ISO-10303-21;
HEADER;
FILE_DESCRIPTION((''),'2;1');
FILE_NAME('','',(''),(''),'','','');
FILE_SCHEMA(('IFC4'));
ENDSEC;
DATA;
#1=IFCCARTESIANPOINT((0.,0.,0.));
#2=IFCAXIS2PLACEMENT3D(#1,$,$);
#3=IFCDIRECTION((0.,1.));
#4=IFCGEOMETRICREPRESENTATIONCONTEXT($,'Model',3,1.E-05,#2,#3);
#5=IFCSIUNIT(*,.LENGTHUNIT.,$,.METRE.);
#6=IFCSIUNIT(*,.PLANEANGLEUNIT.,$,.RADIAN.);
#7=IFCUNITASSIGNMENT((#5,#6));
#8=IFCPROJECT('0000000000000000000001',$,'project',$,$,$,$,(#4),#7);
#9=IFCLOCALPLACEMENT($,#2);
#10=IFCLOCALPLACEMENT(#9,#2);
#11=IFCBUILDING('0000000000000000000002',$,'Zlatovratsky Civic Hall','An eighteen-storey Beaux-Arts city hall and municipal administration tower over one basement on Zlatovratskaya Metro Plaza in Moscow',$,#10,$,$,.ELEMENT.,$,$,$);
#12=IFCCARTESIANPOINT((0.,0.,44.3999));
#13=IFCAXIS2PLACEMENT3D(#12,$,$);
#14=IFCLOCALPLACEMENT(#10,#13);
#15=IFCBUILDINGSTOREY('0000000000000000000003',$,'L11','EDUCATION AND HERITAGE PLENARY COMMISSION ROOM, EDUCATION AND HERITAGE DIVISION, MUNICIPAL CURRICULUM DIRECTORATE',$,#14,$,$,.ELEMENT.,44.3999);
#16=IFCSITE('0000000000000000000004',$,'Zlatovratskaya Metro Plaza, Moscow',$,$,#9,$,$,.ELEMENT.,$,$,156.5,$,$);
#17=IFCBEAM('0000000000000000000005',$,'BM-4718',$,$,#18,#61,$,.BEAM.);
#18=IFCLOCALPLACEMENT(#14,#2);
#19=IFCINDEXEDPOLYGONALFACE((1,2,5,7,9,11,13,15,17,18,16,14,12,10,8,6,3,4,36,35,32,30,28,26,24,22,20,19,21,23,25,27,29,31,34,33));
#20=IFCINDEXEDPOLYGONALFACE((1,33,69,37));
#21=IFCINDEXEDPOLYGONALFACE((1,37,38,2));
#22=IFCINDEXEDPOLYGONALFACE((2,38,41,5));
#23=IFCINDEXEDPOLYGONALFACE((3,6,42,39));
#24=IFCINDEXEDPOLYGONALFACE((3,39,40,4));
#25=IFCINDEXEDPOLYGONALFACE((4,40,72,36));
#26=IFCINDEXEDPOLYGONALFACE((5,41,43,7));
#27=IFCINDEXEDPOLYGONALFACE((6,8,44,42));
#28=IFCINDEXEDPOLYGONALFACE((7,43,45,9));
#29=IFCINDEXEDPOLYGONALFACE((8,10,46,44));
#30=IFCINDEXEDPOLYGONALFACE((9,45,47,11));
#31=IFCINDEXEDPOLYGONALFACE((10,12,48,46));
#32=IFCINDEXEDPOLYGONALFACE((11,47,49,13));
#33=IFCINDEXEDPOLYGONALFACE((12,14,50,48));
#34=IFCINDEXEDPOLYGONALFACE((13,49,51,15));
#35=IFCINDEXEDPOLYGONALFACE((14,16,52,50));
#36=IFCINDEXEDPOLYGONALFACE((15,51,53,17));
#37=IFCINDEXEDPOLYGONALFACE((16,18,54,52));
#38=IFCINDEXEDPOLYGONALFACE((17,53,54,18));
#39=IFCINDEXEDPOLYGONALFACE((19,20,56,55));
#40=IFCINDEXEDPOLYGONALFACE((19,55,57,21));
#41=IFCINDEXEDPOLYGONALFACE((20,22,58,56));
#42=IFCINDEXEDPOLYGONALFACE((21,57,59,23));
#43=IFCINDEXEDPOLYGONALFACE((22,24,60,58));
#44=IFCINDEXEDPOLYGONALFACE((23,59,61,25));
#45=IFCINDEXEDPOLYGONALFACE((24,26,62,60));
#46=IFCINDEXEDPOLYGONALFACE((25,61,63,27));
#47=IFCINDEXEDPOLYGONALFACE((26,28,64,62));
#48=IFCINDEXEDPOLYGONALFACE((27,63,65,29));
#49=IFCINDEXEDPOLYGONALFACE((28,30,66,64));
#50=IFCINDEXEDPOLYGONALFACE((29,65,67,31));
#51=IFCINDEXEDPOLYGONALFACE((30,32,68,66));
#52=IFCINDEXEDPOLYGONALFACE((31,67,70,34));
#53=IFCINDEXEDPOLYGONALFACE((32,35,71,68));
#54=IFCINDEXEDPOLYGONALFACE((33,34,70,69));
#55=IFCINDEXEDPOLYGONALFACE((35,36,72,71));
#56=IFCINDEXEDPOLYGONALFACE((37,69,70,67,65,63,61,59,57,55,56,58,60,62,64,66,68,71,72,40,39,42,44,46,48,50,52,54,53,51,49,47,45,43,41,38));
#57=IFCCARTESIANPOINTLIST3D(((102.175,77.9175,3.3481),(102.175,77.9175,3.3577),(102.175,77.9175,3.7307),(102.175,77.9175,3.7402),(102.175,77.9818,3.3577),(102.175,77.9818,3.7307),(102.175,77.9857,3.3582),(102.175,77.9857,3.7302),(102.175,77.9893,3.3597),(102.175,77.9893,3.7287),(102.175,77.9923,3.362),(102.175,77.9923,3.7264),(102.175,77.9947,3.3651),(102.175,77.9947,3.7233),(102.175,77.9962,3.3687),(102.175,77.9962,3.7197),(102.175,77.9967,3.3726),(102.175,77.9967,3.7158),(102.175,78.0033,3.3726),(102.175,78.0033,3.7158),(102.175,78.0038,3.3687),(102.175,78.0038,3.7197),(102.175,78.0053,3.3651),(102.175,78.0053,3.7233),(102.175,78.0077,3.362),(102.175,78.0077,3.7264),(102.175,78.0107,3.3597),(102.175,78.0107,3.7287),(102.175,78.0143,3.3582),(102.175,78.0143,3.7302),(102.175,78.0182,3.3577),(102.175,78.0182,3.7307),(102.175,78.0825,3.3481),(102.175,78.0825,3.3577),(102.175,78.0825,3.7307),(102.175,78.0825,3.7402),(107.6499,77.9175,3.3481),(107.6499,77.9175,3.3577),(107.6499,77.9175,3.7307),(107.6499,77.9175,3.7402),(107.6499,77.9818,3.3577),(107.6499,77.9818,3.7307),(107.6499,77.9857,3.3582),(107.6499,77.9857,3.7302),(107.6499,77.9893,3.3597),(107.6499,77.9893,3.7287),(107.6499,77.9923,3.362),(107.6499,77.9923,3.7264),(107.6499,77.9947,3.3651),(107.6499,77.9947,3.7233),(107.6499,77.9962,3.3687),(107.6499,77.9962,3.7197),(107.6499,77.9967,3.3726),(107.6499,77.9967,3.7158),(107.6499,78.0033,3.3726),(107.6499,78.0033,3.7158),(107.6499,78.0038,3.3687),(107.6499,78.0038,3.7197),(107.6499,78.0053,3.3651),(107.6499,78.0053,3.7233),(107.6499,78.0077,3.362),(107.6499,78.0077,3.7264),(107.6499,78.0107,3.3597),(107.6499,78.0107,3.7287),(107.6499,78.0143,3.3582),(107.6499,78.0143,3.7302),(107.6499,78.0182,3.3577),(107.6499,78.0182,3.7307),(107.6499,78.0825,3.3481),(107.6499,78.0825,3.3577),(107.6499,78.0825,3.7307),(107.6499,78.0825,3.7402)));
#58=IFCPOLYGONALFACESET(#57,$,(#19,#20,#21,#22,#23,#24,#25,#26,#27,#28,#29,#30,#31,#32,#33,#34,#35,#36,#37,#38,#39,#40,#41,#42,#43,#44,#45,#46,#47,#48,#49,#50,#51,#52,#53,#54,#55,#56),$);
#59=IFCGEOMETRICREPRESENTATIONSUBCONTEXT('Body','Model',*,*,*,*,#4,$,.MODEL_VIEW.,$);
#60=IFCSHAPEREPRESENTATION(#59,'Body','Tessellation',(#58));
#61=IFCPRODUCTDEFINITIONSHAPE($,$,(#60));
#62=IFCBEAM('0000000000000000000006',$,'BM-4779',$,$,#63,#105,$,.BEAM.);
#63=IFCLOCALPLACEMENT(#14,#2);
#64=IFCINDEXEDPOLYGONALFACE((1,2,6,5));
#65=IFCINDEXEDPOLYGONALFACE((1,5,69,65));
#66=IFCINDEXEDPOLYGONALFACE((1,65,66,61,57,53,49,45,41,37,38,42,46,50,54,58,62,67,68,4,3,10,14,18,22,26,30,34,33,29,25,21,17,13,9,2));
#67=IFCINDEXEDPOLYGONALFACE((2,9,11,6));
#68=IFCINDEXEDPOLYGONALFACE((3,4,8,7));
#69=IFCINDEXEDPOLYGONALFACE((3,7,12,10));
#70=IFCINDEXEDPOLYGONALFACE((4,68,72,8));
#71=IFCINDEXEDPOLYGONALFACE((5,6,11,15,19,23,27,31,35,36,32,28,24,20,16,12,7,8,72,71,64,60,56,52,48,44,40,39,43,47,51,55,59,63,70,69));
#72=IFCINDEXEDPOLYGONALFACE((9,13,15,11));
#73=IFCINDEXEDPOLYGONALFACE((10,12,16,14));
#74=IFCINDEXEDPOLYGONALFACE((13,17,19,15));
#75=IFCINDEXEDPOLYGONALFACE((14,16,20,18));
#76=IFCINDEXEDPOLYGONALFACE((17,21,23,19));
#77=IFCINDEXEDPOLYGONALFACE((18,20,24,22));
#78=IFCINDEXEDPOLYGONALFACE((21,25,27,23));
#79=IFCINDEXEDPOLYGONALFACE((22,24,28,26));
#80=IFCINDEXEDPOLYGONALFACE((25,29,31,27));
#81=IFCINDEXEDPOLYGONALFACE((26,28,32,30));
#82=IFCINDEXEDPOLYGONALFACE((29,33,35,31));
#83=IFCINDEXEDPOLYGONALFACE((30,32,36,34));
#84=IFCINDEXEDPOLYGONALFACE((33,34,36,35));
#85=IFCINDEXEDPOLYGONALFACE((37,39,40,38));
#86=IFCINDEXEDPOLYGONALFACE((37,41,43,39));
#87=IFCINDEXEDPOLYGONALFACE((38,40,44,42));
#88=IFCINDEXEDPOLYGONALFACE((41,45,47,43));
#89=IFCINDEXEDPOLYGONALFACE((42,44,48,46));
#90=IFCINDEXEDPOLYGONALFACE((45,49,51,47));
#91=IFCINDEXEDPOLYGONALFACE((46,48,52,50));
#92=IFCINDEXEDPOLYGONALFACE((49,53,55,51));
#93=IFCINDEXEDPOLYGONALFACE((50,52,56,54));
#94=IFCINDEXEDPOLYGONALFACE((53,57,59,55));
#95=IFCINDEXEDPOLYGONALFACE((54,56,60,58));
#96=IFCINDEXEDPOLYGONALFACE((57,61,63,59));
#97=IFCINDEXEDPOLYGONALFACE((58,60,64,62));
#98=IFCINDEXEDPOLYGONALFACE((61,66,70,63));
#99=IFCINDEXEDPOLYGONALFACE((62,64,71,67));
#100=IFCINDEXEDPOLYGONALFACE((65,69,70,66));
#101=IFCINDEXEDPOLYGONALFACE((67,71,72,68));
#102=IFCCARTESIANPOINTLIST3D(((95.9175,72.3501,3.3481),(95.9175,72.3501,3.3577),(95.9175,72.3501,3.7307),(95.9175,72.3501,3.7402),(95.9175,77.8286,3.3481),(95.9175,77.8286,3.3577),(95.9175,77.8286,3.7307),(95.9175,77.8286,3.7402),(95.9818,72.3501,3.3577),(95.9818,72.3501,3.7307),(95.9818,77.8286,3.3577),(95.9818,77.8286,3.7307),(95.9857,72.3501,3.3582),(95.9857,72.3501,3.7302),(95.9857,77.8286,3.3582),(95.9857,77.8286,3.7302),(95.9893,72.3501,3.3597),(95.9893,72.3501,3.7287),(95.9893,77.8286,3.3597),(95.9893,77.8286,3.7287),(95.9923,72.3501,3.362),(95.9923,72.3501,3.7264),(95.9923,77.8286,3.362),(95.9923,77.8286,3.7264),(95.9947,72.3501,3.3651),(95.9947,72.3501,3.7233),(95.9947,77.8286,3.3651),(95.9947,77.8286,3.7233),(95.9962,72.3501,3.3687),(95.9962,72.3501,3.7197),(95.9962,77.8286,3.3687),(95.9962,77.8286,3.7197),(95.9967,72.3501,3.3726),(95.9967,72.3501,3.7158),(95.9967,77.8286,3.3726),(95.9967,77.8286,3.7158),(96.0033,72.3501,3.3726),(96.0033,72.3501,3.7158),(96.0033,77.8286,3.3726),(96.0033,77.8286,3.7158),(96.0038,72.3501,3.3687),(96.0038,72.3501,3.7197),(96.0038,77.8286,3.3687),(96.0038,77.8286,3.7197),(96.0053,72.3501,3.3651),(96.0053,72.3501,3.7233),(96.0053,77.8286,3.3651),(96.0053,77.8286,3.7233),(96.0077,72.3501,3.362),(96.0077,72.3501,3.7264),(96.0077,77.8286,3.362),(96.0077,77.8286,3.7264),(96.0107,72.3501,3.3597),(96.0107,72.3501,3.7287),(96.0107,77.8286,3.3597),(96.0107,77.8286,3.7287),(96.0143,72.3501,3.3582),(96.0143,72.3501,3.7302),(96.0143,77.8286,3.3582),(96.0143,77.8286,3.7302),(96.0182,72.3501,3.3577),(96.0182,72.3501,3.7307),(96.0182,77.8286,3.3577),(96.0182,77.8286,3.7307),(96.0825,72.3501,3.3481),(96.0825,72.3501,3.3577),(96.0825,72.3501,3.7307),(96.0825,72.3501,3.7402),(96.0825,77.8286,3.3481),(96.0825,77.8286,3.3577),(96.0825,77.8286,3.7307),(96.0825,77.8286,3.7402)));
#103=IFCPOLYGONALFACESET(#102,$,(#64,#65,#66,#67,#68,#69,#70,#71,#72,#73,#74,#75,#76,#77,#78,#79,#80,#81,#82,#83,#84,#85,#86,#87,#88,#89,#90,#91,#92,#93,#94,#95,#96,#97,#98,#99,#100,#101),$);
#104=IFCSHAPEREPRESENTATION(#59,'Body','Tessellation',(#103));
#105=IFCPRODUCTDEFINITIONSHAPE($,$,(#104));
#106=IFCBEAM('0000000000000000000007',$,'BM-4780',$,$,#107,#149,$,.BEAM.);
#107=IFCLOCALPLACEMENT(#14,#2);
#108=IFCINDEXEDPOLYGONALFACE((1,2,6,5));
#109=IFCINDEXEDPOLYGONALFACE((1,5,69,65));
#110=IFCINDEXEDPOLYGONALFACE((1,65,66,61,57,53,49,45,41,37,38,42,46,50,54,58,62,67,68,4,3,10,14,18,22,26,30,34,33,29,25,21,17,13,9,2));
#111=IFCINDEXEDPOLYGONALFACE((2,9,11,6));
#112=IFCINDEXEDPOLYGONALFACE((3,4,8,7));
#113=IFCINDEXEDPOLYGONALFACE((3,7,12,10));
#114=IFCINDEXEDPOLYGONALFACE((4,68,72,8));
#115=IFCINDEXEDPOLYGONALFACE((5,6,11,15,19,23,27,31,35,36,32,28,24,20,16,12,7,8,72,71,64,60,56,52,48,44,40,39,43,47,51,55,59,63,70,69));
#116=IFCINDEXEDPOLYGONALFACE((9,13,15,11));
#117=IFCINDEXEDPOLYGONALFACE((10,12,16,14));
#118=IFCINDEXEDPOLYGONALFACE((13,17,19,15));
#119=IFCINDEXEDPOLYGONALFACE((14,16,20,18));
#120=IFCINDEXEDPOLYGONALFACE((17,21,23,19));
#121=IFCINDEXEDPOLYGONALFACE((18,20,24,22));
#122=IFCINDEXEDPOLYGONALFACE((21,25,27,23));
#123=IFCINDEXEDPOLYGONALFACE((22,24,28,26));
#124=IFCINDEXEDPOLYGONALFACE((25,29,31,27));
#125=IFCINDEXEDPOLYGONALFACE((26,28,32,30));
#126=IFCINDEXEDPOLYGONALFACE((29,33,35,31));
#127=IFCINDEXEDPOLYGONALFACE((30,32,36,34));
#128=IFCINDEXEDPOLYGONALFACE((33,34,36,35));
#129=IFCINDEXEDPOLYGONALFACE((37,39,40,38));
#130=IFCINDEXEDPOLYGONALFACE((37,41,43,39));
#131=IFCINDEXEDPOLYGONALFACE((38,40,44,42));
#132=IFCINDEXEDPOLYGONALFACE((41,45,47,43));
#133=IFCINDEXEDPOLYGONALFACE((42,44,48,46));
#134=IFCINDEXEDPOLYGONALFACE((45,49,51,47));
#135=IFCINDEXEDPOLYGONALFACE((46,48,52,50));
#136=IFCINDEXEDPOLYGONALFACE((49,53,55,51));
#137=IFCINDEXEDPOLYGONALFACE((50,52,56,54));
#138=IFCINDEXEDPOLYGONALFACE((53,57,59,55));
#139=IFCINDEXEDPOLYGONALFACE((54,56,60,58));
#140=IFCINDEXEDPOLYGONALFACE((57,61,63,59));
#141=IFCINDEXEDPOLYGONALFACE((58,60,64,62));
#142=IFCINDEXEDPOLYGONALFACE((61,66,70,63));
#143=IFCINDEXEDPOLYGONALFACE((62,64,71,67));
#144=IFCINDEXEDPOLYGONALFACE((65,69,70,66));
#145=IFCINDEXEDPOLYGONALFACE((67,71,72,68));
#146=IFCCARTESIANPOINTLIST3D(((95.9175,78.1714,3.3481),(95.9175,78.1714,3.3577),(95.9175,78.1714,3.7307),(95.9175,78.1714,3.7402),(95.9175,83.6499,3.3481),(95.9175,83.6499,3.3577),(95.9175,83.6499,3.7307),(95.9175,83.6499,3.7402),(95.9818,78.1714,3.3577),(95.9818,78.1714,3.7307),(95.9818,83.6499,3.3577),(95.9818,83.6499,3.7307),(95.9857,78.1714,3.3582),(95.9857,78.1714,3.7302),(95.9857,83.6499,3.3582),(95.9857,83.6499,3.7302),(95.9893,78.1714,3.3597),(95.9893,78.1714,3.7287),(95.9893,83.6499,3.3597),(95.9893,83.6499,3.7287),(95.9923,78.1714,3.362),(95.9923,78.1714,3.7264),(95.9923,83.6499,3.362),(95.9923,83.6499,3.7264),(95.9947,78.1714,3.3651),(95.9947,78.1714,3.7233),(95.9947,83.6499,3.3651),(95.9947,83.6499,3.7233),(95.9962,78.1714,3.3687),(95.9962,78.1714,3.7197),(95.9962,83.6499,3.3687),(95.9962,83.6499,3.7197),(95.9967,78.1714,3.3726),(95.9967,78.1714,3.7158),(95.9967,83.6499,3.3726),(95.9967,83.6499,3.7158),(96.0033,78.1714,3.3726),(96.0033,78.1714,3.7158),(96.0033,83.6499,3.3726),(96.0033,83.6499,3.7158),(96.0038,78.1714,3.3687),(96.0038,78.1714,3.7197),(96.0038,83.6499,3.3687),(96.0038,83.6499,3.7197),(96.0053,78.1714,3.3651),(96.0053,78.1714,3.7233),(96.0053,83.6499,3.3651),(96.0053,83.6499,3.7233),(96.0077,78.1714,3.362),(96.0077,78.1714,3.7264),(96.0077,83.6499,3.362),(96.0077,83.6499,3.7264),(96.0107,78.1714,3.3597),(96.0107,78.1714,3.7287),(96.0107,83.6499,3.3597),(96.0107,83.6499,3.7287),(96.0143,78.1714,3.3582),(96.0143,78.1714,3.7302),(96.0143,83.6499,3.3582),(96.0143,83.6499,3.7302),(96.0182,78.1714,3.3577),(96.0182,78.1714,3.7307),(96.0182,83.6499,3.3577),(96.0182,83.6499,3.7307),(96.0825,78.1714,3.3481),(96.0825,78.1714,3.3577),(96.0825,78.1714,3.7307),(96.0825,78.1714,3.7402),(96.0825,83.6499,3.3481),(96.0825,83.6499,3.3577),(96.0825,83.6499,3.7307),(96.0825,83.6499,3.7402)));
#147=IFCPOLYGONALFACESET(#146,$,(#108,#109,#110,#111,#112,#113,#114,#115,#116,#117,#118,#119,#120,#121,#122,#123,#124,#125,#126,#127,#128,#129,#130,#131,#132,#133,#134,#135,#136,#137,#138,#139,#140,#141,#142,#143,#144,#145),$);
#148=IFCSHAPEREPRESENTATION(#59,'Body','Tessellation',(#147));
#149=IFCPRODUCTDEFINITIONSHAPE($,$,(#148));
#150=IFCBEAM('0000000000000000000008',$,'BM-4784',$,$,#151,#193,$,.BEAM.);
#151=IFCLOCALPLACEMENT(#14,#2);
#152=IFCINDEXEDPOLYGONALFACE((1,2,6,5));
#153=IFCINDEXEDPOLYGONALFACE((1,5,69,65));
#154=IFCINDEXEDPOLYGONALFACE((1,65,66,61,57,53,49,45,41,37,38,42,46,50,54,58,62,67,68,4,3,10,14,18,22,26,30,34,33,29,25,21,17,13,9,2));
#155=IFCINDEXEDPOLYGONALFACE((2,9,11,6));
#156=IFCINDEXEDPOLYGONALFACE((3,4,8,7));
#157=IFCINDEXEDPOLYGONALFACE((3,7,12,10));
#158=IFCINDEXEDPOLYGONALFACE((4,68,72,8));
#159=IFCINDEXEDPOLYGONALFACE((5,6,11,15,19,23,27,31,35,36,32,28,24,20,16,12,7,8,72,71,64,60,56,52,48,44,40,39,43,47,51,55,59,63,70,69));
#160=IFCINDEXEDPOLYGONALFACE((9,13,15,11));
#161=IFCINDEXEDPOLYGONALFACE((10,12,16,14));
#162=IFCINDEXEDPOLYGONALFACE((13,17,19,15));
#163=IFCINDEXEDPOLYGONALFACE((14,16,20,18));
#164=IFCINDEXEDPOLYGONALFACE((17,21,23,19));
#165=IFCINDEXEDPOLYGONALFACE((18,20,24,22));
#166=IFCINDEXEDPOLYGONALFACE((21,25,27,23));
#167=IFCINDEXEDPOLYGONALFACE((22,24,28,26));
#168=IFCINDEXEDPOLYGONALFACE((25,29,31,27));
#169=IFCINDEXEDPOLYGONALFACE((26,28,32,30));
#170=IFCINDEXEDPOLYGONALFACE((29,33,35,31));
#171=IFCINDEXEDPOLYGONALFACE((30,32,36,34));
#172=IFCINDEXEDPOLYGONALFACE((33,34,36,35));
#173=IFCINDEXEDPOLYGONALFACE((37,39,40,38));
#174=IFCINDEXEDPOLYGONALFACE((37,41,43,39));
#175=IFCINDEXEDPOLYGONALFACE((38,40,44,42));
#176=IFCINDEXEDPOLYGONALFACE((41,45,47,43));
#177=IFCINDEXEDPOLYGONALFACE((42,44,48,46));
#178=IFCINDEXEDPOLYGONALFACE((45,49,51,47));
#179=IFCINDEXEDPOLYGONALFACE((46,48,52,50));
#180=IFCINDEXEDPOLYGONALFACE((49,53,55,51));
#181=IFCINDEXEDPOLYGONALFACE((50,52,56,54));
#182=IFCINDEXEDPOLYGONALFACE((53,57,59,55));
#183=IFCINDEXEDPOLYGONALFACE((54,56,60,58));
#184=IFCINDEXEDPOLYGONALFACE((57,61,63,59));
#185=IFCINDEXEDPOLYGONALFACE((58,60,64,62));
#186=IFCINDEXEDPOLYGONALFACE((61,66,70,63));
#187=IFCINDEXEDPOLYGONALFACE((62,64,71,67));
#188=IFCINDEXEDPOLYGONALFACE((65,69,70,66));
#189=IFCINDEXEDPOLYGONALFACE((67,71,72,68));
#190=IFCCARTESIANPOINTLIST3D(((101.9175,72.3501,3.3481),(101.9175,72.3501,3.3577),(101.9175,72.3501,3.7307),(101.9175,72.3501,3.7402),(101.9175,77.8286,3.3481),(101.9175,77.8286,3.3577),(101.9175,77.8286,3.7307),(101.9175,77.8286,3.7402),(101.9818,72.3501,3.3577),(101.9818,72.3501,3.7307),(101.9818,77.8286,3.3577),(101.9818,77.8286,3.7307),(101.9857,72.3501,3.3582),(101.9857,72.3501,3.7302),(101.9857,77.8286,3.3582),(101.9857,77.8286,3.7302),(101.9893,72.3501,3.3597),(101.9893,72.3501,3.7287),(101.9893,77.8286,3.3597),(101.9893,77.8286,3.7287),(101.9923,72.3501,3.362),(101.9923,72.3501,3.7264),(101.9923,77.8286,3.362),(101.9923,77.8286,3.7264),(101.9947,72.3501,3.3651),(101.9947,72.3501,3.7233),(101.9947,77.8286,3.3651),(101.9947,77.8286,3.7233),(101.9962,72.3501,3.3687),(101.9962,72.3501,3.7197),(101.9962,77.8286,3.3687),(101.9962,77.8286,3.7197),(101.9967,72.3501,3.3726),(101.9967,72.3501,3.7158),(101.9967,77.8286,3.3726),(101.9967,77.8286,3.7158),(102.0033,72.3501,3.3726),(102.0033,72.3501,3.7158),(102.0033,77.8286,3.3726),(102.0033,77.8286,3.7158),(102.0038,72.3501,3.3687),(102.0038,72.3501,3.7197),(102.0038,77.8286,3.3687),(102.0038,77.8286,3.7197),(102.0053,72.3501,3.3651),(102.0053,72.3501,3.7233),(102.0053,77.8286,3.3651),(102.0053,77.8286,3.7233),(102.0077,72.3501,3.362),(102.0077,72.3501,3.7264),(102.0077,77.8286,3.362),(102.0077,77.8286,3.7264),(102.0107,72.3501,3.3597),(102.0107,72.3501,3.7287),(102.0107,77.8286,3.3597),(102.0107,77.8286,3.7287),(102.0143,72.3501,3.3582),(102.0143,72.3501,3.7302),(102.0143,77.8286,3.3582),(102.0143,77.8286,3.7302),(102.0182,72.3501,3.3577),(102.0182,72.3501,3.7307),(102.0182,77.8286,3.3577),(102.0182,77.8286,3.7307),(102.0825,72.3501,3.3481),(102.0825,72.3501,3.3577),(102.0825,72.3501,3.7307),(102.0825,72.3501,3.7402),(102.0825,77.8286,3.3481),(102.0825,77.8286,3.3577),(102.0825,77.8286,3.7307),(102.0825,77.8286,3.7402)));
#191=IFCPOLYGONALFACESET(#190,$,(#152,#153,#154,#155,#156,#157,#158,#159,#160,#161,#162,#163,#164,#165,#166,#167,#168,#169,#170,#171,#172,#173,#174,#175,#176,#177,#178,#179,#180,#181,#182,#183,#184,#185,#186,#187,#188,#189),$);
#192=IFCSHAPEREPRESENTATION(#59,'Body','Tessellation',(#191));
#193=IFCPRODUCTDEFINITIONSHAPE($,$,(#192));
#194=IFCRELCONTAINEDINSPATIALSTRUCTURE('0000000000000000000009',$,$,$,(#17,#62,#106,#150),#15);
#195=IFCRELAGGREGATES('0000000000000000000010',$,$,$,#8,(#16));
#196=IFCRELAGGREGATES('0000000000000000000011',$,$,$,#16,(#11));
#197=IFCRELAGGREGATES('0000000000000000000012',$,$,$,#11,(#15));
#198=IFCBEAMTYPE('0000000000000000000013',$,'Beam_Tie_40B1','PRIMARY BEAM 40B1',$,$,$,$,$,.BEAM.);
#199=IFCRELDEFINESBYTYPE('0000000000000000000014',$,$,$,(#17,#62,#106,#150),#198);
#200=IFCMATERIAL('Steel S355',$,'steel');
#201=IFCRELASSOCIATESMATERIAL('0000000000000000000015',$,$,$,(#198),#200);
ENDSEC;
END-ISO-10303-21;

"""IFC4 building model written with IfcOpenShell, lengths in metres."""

from ifc_helpers import new_model, si_unit, direction, frame, origin, origin_2d, place, context, subcontext, project, spatial, i_section, extrude, material, material_profile, profile_set, type_object, element, save


model = new_model("IFC4")

# Units and contexts
model_context = context("Model", 3, precision=1e-05, world=origin(), true_north=direction((0.0, 1.0)))
body_context = subcontext(model_context, "Body", "Model", "MODEL_VIEW")
ifc_project = project(units=[si_unit("LENGTHUNIT", "METRE"), si_unit("PLANEANGLEUNIT", "RADIAN")], contexts=[model_context])

# Site, building, storey
site_placement = place(None, origin())
site = spatial("IfcSite", under=ifc_project, at=site_placement, Name="Zlatovratskaya Metro Plaza, Moscow", CompositionType="ELEMENT", RefElevation=156.5)
building_placement = place(site_placement, origin())
building = spatial("IfcBuilding", under=site, at=building_placement, Name="Zlatovratsky Civic Hall", Description="An eighteen-storey Beaux-Arts city hall and municipal administration tower over one basement on Zlatovratskaya Metro Plaza in Moscow", CompositionType="ELEMENT")
storey_placement = place(building_placement, frame((0.0, 0.0, 44.3999)))
storey = spatial("IfcBuildingStorey", under=building, at=storey_placement, Name="L11", Description="EDUCATION AND HERITAGE PLENARY COMMISSION ROOM, EDUCATION AND HERITAGE DIVISION, MUNICIPAL CURRICULUM DIRECTORATE", CompositionType="ELEMENT", Elevation=44.3999)

# Shared definitions
ifc_material_1 = material(Name="Steel S355", Category="steel")

# Beams
ifc_material_profile_1 = material_profile(ifc_material_1, i_section(OverallWidth=0.165, OverallDepth=0.3921, WebThickness=0.0066, FlangeThickness=0.0095, FilletRadius=0.0149, at=origin_2d()), Name="40B1")
ifc_profile_set_1 = profile_set([ifc_material_profile_1], Name="Steel S355")
beam_type_1 = type_object("IfcBeamType", Name="Beam_Tie_40B1", Description="PRIMARY BEAM 40B1", PredefinedType="BEAM", material=ifc_profile_set_1)
beam_1_placement = place(storey_placement, frame((102.175, 78.0, 3.5442), z_axis=(1.0, 0.0, 0.0), x_axis=(0.0, 1.0, 0.0)))
element("IfcBeam", 1, at=beam_1_placement, inside=storey, type_object=beam_type_1, Name="BM-4718", PredefinedType="BEAM", context=body_context, shape_type="SweptSolid", body=[
    extrude(i_section(OverallWidth=0.165, OverallDepth=0.3921, WebThickness=0.0066, FlangeThickness=0.0095, FilletRadius=0.0149, at=origin_2d()), origin(), (0.0, 0.0, 1.0), 5.4749),
])
for number, where, z_axis, x_axis, name in (
    (2, (96.0, 72.3501, 3.5442), (0.0, 1.0, 0.0), (-1.0, 0.0, 0.0), "BM-4779"),
    (3, (96.0, 78.1714, 3.5442), (0.0, 1.0, 0.0), (-1.0, 0.0, 0.0), "BM-4780"),
    (4, (102.0, 72.3501, 3.5442), (0.0, 1.0, 0.0), (-1.0, 0.0, 0.0), "BM-4784"),
):
    element("IfcBeam", number, at=place(storey_placement, frame(where, z_axis=z_axis, x_axis=x_axis)), inside=storey, type_object=beam_type_1, Name=name, PredefinedType="BEAM", context=body_context, shape_type="SweptSolid", body=[
        extrude(i_section(OverallWidth=0.165, OverallDepth=0.3921, WebThickness=0.0066, FlangeThickness=0.0095, FilletRadius=0.0149, at=origin_2d()), origin(), (0.0, 0.0, 1.0), 5.4785),
    ])

save(model, "model.ifc")
